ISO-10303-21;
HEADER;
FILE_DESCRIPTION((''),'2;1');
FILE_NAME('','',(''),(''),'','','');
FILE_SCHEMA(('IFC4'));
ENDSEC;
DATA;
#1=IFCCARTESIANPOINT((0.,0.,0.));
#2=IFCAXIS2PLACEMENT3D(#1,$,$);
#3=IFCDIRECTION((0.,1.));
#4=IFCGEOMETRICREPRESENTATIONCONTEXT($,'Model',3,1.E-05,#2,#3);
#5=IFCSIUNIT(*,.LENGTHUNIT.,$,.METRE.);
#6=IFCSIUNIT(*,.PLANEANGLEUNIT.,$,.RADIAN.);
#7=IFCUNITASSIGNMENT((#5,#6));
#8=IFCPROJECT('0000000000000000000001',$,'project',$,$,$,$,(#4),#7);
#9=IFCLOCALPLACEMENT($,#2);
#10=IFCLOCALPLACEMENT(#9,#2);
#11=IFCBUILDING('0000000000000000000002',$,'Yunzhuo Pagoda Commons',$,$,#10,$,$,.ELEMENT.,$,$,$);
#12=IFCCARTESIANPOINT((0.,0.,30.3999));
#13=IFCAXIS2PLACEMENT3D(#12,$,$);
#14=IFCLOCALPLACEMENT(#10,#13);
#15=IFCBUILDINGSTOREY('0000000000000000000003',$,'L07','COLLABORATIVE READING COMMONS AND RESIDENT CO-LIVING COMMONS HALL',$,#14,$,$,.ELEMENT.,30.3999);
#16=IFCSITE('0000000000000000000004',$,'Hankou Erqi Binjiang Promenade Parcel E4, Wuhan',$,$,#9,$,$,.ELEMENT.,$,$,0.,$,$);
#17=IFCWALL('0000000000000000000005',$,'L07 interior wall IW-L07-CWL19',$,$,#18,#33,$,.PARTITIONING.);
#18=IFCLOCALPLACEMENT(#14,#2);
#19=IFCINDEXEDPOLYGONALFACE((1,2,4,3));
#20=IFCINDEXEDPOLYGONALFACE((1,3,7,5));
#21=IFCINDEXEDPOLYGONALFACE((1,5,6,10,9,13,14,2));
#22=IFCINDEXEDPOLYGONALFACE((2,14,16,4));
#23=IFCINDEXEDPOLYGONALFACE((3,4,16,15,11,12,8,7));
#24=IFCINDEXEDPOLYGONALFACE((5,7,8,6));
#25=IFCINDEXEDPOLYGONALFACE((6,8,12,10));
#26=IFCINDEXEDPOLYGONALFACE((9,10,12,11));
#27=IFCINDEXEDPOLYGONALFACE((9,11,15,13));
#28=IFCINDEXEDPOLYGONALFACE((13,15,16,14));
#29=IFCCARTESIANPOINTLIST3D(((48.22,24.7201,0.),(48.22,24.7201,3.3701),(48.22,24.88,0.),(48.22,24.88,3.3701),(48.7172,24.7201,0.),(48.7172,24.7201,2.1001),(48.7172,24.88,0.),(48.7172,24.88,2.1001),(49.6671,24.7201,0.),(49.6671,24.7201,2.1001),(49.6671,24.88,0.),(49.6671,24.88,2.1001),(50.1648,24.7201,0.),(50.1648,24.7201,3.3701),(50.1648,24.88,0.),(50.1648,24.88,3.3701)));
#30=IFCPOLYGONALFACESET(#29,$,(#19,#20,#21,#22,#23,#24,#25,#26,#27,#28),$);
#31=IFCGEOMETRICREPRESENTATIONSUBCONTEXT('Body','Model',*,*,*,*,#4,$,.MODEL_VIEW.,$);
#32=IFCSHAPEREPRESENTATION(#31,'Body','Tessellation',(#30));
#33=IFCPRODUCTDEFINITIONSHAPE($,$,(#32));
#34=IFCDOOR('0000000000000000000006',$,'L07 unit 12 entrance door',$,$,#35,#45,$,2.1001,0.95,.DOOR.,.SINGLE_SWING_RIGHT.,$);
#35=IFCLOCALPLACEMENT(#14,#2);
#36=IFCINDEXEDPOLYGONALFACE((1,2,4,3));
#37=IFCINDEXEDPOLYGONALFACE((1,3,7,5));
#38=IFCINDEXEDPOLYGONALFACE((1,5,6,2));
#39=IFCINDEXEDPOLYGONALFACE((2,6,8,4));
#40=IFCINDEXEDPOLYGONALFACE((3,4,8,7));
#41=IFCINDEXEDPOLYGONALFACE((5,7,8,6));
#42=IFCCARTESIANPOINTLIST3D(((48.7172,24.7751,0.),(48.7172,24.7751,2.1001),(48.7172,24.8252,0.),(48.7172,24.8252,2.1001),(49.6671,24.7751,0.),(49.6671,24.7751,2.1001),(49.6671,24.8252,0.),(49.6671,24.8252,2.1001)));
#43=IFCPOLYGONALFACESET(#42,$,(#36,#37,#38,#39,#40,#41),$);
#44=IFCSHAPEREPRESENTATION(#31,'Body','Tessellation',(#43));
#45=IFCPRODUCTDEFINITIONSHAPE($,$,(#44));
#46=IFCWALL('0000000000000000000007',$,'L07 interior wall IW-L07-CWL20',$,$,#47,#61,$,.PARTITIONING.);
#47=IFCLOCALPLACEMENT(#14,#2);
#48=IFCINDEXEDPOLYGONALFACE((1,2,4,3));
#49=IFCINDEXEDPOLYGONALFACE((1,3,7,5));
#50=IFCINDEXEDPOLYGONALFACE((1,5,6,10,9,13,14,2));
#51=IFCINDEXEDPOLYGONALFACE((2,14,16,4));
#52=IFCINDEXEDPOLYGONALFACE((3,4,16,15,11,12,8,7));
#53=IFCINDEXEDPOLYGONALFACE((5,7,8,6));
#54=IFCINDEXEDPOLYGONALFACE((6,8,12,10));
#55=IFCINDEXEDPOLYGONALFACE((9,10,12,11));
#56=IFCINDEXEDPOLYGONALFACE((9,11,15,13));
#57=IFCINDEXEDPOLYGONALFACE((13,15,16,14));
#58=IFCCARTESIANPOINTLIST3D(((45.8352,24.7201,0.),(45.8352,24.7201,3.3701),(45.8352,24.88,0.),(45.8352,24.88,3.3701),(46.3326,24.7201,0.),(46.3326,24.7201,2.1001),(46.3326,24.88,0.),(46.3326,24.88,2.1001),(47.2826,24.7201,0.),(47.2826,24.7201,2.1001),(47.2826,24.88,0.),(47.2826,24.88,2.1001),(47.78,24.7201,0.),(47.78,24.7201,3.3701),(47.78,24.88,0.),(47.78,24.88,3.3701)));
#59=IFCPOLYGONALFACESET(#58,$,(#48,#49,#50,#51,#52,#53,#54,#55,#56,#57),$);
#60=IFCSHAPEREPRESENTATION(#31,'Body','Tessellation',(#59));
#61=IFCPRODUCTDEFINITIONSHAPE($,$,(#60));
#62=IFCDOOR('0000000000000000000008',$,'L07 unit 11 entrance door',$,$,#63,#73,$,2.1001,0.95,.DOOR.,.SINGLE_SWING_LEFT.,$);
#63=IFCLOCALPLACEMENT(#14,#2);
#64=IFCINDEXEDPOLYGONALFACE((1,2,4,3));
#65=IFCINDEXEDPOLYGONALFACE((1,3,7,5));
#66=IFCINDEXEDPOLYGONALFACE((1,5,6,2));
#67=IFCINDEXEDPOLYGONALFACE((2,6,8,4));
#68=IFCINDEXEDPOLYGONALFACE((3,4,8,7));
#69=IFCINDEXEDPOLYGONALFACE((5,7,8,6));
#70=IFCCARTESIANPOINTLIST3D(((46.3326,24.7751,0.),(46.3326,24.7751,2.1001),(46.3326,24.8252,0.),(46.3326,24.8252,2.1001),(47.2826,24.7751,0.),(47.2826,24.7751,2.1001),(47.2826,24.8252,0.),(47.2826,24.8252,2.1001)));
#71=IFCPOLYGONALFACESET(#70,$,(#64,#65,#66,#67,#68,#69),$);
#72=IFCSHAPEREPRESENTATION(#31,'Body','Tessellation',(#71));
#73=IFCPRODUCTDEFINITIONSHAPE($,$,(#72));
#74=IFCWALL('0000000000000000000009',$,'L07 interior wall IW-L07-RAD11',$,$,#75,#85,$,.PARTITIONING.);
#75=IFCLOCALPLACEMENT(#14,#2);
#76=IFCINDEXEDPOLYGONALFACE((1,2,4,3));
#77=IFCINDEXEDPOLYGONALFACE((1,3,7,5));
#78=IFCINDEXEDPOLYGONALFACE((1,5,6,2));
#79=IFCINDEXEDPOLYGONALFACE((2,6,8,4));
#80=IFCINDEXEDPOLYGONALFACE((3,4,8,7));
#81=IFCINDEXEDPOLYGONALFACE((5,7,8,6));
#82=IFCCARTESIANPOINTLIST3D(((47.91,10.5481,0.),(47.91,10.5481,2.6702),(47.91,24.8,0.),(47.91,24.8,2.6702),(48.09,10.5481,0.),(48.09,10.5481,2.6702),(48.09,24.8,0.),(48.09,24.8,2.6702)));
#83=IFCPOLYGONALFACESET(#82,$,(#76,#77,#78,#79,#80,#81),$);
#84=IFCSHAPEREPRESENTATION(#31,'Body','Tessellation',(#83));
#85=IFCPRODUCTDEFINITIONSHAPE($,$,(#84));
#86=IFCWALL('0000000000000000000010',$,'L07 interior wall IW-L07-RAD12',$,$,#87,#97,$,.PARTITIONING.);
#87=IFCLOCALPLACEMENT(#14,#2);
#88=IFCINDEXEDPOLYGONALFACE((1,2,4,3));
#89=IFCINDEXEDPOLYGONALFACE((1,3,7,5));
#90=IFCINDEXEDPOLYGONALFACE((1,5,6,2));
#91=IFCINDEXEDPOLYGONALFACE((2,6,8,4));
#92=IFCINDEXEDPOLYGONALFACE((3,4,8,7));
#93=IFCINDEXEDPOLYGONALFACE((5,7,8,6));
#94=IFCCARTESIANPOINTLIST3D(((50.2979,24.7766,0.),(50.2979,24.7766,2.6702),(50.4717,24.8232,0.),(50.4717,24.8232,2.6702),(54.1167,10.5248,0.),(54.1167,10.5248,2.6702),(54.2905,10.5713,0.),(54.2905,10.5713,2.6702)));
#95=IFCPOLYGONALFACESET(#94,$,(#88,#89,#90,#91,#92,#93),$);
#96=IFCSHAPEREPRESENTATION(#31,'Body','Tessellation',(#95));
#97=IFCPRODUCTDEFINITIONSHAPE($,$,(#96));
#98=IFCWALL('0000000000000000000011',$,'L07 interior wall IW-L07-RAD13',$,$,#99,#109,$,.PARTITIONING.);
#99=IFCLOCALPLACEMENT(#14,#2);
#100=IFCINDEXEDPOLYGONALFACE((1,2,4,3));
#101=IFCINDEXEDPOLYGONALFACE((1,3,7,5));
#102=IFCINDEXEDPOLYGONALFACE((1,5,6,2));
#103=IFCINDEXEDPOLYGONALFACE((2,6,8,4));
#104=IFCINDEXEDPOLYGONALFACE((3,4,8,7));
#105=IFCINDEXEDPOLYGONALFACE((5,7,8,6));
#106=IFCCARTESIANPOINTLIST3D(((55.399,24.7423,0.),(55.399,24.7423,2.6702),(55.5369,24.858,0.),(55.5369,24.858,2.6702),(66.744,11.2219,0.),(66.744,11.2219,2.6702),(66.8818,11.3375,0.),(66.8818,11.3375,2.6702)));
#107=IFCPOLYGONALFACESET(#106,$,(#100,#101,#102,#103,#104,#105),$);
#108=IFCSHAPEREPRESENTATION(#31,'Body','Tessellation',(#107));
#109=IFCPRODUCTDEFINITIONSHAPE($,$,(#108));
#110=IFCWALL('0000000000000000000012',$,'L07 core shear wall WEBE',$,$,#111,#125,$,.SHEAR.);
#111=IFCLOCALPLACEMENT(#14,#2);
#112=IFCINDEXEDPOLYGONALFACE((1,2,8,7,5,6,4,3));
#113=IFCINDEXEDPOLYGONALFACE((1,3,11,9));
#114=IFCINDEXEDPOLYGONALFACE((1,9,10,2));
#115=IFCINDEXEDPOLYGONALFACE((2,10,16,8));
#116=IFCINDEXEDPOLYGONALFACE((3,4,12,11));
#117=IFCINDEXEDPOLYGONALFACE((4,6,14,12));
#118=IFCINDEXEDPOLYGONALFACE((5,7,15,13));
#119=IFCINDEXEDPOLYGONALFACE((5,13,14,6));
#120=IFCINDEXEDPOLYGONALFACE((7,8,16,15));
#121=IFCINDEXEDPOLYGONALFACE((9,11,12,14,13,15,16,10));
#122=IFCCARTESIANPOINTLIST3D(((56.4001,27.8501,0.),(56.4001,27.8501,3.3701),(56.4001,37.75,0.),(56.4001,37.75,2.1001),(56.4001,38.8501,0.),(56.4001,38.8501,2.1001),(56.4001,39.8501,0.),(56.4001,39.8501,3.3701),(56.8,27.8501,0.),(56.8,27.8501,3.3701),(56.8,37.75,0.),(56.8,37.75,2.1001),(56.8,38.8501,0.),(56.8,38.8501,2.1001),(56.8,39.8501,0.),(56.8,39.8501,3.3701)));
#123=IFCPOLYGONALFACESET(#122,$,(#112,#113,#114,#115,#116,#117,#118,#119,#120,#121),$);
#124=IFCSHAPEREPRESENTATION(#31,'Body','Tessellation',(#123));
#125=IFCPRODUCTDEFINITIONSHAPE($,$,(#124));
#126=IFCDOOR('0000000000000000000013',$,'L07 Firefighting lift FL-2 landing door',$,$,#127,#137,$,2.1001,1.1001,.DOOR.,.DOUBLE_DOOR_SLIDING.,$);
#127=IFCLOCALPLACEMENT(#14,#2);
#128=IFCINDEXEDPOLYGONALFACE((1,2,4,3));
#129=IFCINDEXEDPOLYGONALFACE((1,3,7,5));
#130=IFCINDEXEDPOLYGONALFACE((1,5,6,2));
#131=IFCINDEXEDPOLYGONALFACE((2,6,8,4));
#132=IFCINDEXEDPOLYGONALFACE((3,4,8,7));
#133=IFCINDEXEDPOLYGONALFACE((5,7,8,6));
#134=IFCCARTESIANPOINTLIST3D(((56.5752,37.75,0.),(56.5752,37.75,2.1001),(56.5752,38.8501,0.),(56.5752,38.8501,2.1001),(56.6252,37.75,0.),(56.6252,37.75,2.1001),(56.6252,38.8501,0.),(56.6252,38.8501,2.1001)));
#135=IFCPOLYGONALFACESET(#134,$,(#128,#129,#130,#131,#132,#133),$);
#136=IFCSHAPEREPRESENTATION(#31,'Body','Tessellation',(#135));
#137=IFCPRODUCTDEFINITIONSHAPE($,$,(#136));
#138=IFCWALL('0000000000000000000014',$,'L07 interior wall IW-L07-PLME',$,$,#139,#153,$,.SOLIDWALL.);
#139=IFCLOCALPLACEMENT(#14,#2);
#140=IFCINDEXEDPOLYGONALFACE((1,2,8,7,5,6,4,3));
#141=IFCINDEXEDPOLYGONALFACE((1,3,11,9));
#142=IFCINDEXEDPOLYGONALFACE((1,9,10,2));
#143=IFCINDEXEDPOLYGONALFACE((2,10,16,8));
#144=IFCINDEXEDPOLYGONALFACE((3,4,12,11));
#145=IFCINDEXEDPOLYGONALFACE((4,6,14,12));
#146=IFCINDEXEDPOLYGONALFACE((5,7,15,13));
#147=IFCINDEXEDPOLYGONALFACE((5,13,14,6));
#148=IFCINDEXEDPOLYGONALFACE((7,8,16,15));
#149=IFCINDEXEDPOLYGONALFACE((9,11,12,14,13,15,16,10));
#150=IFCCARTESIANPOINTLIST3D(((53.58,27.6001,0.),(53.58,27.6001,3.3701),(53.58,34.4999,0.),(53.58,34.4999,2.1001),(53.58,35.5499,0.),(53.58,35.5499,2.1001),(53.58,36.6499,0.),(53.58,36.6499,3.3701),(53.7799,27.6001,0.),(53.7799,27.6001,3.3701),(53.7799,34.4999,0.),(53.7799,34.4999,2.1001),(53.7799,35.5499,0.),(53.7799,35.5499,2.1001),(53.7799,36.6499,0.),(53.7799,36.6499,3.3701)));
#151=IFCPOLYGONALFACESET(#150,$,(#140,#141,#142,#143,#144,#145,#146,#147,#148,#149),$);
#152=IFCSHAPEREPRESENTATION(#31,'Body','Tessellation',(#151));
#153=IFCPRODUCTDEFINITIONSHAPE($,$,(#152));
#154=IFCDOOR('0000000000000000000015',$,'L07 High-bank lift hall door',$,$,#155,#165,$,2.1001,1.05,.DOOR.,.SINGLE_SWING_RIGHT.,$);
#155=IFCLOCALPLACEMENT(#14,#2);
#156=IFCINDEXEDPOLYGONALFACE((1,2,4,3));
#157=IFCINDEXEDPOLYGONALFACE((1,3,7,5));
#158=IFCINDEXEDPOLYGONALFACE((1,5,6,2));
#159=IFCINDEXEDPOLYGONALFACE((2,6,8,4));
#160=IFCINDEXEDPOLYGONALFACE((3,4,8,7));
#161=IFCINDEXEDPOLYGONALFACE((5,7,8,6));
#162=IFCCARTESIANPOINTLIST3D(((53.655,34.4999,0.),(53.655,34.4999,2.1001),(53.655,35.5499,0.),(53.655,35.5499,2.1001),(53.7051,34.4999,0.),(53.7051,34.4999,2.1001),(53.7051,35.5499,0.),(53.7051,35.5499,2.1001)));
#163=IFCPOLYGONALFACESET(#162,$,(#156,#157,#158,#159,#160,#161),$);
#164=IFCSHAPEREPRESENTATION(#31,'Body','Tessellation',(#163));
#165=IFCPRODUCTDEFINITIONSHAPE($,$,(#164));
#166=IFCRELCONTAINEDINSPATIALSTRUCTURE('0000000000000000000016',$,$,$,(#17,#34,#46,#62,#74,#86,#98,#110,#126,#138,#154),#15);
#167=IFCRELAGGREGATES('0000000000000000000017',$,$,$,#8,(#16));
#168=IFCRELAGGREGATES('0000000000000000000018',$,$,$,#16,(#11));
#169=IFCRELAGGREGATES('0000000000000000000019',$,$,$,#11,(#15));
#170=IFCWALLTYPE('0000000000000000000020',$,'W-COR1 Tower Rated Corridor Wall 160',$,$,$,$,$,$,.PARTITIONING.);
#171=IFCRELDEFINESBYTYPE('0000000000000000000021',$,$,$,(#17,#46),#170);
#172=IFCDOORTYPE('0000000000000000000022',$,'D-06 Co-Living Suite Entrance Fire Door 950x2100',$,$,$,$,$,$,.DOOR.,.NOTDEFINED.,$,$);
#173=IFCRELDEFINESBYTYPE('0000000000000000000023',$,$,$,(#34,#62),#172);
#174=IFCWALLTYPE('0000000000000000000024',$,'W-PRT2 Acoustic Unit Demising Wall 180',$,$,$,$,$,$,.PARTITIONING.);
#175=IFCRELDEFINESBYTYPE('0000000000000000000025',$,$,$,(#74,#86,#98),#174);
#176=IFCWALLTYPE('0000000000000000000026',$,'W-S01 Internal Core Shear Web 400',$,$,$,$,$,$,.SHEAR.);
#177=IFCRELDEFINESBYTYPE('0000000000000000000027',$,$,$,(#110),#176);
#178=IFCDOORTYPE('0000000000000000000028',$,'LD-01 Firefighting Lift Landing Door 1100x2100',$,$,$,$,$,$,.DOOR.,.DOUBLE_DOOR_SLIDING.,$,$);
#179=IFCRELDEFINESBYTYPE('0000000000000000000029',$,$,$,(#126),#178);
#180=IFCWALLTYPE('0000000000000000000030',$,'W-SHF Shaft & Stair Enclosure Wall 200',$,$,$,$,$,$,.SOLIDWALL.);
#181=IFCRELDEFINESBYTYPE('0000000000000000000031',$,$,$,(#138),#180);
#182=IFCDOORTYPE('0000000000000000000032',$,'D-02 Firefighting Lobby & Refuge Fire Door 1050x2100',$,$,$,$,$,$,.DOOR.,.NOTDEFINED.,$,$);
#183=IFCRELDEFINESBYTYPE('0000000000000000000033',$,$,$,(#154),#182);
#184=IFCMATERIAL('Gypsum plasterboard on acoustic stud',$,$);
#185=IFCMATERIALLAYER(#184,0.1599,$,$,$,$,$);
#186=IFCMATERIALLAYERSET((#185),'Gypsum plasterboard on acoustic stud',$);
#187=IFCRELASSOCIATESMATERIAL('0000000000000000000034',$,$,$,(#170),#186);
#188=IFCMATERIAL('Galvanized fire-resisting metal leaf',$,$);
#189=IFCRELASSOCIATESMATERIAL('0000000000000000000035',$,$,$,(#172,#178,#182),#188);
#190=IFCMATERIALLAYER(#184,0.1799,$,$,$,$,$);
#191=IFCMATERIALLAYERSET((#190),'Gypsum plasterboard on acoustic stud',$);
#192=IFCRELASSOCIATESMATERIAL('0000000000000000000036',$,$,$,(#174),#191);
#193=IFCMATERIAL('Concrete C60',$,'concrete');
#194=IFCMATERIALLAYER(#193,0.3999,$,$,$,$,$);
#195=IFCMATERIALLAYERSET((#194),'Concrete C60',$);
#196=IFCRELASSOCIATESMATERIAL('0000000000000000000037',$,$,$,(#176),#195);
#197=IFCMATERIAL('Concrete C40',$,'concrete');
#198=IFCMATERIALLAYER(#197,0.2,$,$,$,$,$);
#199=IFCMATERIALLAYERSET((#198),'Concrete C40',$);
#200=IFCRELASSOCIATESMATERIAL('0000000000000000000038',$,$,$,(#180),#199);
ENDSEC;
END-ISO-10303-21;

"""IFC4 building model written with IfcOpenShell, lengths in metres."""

from ifc_helpers import new_model, si_unit, direction, frame, frame_2d, origin, origin_with_axes, place, context, subcontext, project, spatial, rectangle, extrude, source, transform, mapped, material, layer, layer_set, type_object, element, fill, save


model = new_model("IFC4")

# Units and contexts
model_context = context("Model", 3, precision=1e-05, world=origin(), true_north=direction((0.0, 1.0)))
body_context = subcontext(model_context, "Body", "Model", "MODEL_VIEW")
ifc_project = project(units=[si_unit("LENGTHUNIT", "METRE"), si_unit("PLANEANGLEUNIT", "RADIAN")], contexts=[model_context])

# Site, building, storey
site_placement = place(None, origin())
site = spatial("IfcSite", under=ifc_project, at=site_placement, Name="Hankou Erqi Binjiang Promenade Parcel E4, Wuhan", CompositionType="ELEMENT", RefElevation=0.0)
building_placement = place(site_placement, origin())
building = spatial("IfcBuilding", under=site, at=building_placement, Name="Yunzhuo Pagoda Commons", CompositionType="ELEMENT")
storey_placement = place(building_placement, frame((0.0, 0.0, 30.3999)))
storey = spatial("IfcBuildingStorey", under=building, at=storey_placement, Name="L07", Description="COLLABORATIVE READING COMMONS AND RESIDENT CO-LIVING COMMONS HALL", CompositionType="ELEMENT", Elevation=30.3999)

# Walls, openings, doors
ifc_material_1 = material(Name="Gypsum plasterboard on acoustic stud")
ifc_layer_1 = layer(ifc_material_1, 0.1599)
ifc_layer_set_1 = layer_set([ifc_layer_1], Name="Gypsum plasterboard on acoustic stud")
wall_type_1 = type_object("IfcWallType", Name="W-COR1 Tower Rated Corridor Wall 160", PredefinedType="PARTITIONING", material=ifc_layer_set_1)
ifc_material_2 = material(Name="Galvanized fire-resisting metal leaf")
door_type_1 = type_object("IfcDoorType", Name="D-06 Co-Living Suite Entrance Fire Door 950x2100", OperationType="NOTDEFINED", PredefinedType="DOOR", material=ifc_material_2)
shared_shape_1 = source(origin(), body_context, "Body", "SweptSolid", [
    extrude(rectangle(XDim=0.95, YDim=2.1001, at=frame_2d((0.4751, 1.05))), frame((0.0, 0.0249, 0.0), z_axis=(0.0, -1.0, 0.0), x_axis=(1.0, 0.0, 0.0)), (0.0, 0.0, 1.0), 0.05),
])
wall_1_placement = place(storey_placement, frame((50.1648, 24.8, 0.0), z_axis=(0.0, 0.0, 1.0), x_axis=(-1.0, 0.0, 0.0)))
wall_1 = element("IfcWall", 1, at=wall_1_placement, inside=storey, type_object=wall_type_1, Name="L07 interior wall IW-L07-CWL19", PredefinedType="PARTITIONING", context=body_context, shape_type="SweptSolid", body=[
    extrude(rectangle(XDim=1.9448, YDim=0.1599, at=frame_2d((0.9724, 0.0))), origin(), (0.0, 0.0, 1.0), 3.3701),
])
opening_1_placement = place(wall_1_placement, frame((0.4976, 0.0, 0.0)))
opening_1 = element("IfcOpeningElement", 2, at=opening_1_placement, cuts=wall_1, PredefinedType="OPENING", context=body_context, shape_type="SweptSolid", body=[
    extrude(rectangle(XDim=0.95, YDim=2.1001, at=frame_2d((0.4751, 1.05))), frame((0.0, 0.0898, 0.0), z_axis=(0.0, -1.0, 0.0), x_axis=(1.0, 0.0, 0.0)), (0.0, 0.0, 1.0), 0.1799),
])
door_1_placement = place(opening_1_placement, origin_with_axes())
door_1 = element("IfcDoor", 3, at=door_1_placement, inside=storey, type_object=door_type_1, Name="L07 unit 12 entrance door", OperationType="SINGLE_SWING_RIGHT", OverallHeight=2.1001, OverallWidth=0.95, PredefinedType="DOOR", context=body_context, shape_type="MappedRepresentation", body=[
    mapped(shared_shape_1, transform((0.0, 0.0, 0.0), scale=1.0)),
])
fill(opening_1, door_1)
wall_2_placement = place(storey_placement, frame((47.78, 24.8, 0.0), z_axis=(0.0, 0.0, 1.0), x_axis=(-1.0, 0.0, 0.0)))
wall_2 = element("IfcWall", 4, at=wall_2_placement, inside=storey, type_object=wall_type_1, Name="L07 interior wall IW-L07-CWL20", PredefinedType="PARTITIONING", context=body_context, shape_type="SweptSolid", body=[
    extrude(rectangle(XDim=1.9448, YDim=0.1599, at=frame_2d((0.9724, 0.0))), origin(), (0.0, 0.0, 1.0), 3.3701),
])
opening_2_placement = place(wall_2_placement, frame((0.4973, 0.0, 0.0)))
opening_2 = element("IfcOpeningElement", 5, at=opening_2_placement, cuts=wall_2, PredefinedType="OPENING", context=body_context, shape_type="SweptSolid", body=[
    extrude(rectangle(XDim=0.95, YDim=2.1001, at=frame_2d((0.4751, 1.05))), frame((0.0, 0.0898, 0.0), z_axis=(0.0, -1.0, 0.0), x_axis=(1.0, 0.0, 0.0)), (0.0, 0.0, 1.0), 0.1799),
])
door_2_placement = place(opening_2_placement, origin_with_axes())
door_2 = element("IfcDoor", 6, at=door_2_placement, inside=storey, type_object=door_type_1, Name="L07 unit 11 entrance door", OperationType="SINGLE_SWING_LEFT", OverallHeight=2.1001, OverallWidth=0.95, PredefinedType="DOOR", context=body_context, shape_type="MappedRepresentation", body=[
    mapped(shared_shape_1, transform((0.0, 0.0, 0.0), scale=1.0)),
])
fill(opening_2, door_2)

# Walls
ifc_layer_2 = layer(ifc_material_1, 0.1799)
ifc_layer_set_2 = layer_set([ifc_layer_2], Name="Gypsum plasterboard on acoustic stud")
wall_type_2 = type_object("IfcWallType", Name="W-PRT2 Acoustic Unit Demising Wall 180", PredefinedType="PARTITIONING", material=ifc_layer_set_2)
wall_3_placement = place(storey_placement, frame((48.0, 24.8, 0.0), z_axis=(0.0, 0.0, 1.0), x_axis=(0.0, -1.0, 0.0)))
element("IfcWall", 7, at=wall_3_placement, inside=storey, type_object=wall_type_2, Name="L07 interior wall IW-L07-RAD11", PredefinedType="PARTITIONING", context=body_context, shape_type="SweptSolid", body=[
    extrude(rectangle(XDim=14.252, YDim=0.1799, at=frame_2d((7.126, 0.0))), origin(), (0.0, 0.0, 1.0), 2.6702),
])
wall_4_placement = place(storey_placement, frame((50.3848, 24.8, 0.0), z_axis=(0.0, 0.0, 1.0), x_axis=(0.258822, -0.965925, 0.0)))
element("IfcWall", 8, at=wall_4_placement, inside=storey, type_object=wall_type_2, Name="L07 interior wall IW-L07-RAD12", PredefinedType="PARTITIONING", context=body_context, shape_type="SweptSolid", body=[
    extrude(rectangle(XDim=14.7546, YDim=0.1799, at=frame_2d((7.3774, 0.0))), origin(), (0.0, 0.0, 1.0), 2.6702),
])
wall_5_placement = place(storey_placement, frame((55.468, 24.8, 0.0), z_axis=(0.0, 0.0, 1.0), x_axis=(0.642785, -0.766047, 0.0)))
element("IfcWall", 9, at=wall_5_placement, inside=storey, type_object=wall_type_2, Name="L07 interior wall IW-L07-RAD13", PredefinedType="PARTITIONING", context=body_context, shape_type="SweptSolid", body=[
    extrude(rectangle(XDim=17.6497, YDim=0.1799, at=frame_2d((8.8247, 0.0))), origin(), (0.0, 0.0, 1.0), 2.6702),
])

# Walls, openings, doors
ifc_material_3 = material(Name="Concrete C60", Category="concrete")
ifc_layer_3 = layer(ifc_material_3, 0.3999)
ifc_layer_set_3 = layer_set([ifc_layer_3], Name="Concrete C60")
wall_type_3 = type_object("IfcWallType", Name="W-S01 Internal Core Shear Web 400", PredefinedType="SHEAR", material=ifc_layer_set_3)
wall_6_placement = place(storey_placement, frame((56.6001, 27.8501, 0.0), z_axis=(0.0, 0.0, 1.0), x_axis=(0.0, 1.0, 0.0)))
wall_6 = element("IfcWall", 10, at=wall_6_placement, inside=storey, type_object=wall_type_3, Name="L07 core shear wall WEBE", PredefinedType="SHEAR", context=body_context, shape_type="SweptSolid", body=[
    extrude(rectangle(XDim=12.0, YDim=0.3999, at=frame_2d((6.0, 0.0))), origin(), (0.0, 0.0, 1.0), 3.3701),
])
opening_3_placement = place(wall_6_placement, frame((9.8999, 0.0, 0.0)))
opening_3 = element("IfcOpeningElement", 11, at=opening_3_placement, cuts=wall_6, PredefinedType="OPENING", context=body_context, shape_type="SweptSolid", body=[
    extrude(rectangle(XDim=1.1001, YDim=2.1001, at=frame_2d((0.55, 1.05))), frame((0.0, 0.21, 0.0), z_axis=(0.0, -1.0, 0.0), x_axis=(1.0, 0.0, 0.0)), (0.0, 0.0, 1.0), 0.4199),
])
door_type_2 = type_object("IfcDoorType", Name="LD-01 Firefighting Lift Landing Door 1100x2100", OperationType="DOUBLE_DOOR_SLIDING", PredefinedType="DOOR", material=ifc_material_2)
shared_shape_2 = source(origin(), body_context, "Body", "SweptSolid", [
    extrude(rectangle(XDim=1.1001, YDim=2.1001, at=frame_2d((0.55, 1.05))), frame((0.0, 0.0249, 0.0), z_axis=(0.0, -1.0, 0.0), x_axis=(1.0, 0.0, 0.0)), (0.0, 0.0, 1.0), 0.05),
])
door_3_placement = place(opening_3_placement, origin_with_axes())
door_3 = element("IfcDoor", 12, at=door_3_placement, inside=storey, type_object=door_type_2, Name="L07 Firefighting lift FL-2 landing door", OperationType="DOUBLE_DOOR_SLIDING", OverallHeight=2.1001, OverallWidth=1.1001, PredefinedType="DOOR", context=body_context, shape_type="MappedRepresentation", body=[
    mapped(shared_shape_2, transform((0.0, 0.0, 0.0), scale=1.0)),
])
fill(opening_3, door_3)
ifc_material_4 = material(Name="Concrete C40", Category="concrete")
ifc_layer_4 = layer(ifc_material_4, 0.2)
ifc_layer_set_4 = layer_set([ifc_layer_4], Name="Concrete C40")
wall_type_4 = type_object("IfcWallType", Name="W-SHF Shaft & Stair Enclosure Wall 200", PredefinedType="SOLIDWALL", material=ifc_layer_set_4)
wall_7_placement = place(storey_placement, frame((53.6799, 27.6001, 0.0), z_axis=(0.0, 0.0, 1.0), x_axis=(0.0, 1.0, 0.0)))
wall_7 = element("IfcWall", 13, at=wall_7_placement, inside=storey, type_object=wall_type_4, Name="L07 interior wall IW-L07-PLME", PredefinedType="SOLIDWALL", context=body_context, shape_type="SweptSolid", body=[
    extrude(rectangle(XDim=9.0498, YDim=0.2, at=frame_2d((4.5249, 0.0))), origin(), (0.0, 0.0, 1.0), 3.3701),
])
opening_4_placement = place(wall_7_placement, frame((6.8999, 0.0, 0.0)))
opening_4 = element("IfcOpeningElement", 14, at=opening_4_placement, cuts=wall_7, PredefinedType="OPENING", context=body_context, shape_type="SweptSolid", body=[
    extrude(rectangle(XDim=1.05, YDim=2.1001, at=frame_2d((0.5249, 1.05))), frame((0.0, 0.1099, 0.0), z_axis=(0.0, -1.0, 0.0), x_axis=(1.0, 0.0, 0.0)), (0.0, 0.0, 1.0), 0.22),
])
door_type_3 = type_object("IfcDoorType", Name="D-02 Firefighting Lobby & Refuge Fire Door 1050x2100", OperationType="NOTDEFINED", PredefinedType="DOOR", material=ifc_material_2)
shared_shape_3 = source(origin(), body_context, "Body", "SweptSolid", [
    extrude(rectangle(XDim=1.05, YDim=2.1001, at=frame_2d((0.5249, 1.05))), frame((0.0, 0.0249, 0.0), z_axis=(0.0, -1.0, 0.0), x_axis=(1.0, 0.0, 0.0)), (0.0, 0.0, 1.0), 0.05),
])
door_4_placement = place(opening_4_placement, origin_with_axes())
door_4 = element("IfcDoor", 15, at=door_4_placement, inside=storey, type_object=door_type_3, Name="L07 High-bank lift hall door", OperationType="SINGLE_SWING_RIGHT", OverallHeight=2.1001, OverallWidth=1.05, PredefinedType="DOOR", context=body_context, shape_type="MappedRepresentation", body=[
    mapped(shared_shape_3, transform((0.0, 0.0, 0.0), scale=1.0)),
])
fill(opening_4, door_4)

save(model, "model.ifc")
